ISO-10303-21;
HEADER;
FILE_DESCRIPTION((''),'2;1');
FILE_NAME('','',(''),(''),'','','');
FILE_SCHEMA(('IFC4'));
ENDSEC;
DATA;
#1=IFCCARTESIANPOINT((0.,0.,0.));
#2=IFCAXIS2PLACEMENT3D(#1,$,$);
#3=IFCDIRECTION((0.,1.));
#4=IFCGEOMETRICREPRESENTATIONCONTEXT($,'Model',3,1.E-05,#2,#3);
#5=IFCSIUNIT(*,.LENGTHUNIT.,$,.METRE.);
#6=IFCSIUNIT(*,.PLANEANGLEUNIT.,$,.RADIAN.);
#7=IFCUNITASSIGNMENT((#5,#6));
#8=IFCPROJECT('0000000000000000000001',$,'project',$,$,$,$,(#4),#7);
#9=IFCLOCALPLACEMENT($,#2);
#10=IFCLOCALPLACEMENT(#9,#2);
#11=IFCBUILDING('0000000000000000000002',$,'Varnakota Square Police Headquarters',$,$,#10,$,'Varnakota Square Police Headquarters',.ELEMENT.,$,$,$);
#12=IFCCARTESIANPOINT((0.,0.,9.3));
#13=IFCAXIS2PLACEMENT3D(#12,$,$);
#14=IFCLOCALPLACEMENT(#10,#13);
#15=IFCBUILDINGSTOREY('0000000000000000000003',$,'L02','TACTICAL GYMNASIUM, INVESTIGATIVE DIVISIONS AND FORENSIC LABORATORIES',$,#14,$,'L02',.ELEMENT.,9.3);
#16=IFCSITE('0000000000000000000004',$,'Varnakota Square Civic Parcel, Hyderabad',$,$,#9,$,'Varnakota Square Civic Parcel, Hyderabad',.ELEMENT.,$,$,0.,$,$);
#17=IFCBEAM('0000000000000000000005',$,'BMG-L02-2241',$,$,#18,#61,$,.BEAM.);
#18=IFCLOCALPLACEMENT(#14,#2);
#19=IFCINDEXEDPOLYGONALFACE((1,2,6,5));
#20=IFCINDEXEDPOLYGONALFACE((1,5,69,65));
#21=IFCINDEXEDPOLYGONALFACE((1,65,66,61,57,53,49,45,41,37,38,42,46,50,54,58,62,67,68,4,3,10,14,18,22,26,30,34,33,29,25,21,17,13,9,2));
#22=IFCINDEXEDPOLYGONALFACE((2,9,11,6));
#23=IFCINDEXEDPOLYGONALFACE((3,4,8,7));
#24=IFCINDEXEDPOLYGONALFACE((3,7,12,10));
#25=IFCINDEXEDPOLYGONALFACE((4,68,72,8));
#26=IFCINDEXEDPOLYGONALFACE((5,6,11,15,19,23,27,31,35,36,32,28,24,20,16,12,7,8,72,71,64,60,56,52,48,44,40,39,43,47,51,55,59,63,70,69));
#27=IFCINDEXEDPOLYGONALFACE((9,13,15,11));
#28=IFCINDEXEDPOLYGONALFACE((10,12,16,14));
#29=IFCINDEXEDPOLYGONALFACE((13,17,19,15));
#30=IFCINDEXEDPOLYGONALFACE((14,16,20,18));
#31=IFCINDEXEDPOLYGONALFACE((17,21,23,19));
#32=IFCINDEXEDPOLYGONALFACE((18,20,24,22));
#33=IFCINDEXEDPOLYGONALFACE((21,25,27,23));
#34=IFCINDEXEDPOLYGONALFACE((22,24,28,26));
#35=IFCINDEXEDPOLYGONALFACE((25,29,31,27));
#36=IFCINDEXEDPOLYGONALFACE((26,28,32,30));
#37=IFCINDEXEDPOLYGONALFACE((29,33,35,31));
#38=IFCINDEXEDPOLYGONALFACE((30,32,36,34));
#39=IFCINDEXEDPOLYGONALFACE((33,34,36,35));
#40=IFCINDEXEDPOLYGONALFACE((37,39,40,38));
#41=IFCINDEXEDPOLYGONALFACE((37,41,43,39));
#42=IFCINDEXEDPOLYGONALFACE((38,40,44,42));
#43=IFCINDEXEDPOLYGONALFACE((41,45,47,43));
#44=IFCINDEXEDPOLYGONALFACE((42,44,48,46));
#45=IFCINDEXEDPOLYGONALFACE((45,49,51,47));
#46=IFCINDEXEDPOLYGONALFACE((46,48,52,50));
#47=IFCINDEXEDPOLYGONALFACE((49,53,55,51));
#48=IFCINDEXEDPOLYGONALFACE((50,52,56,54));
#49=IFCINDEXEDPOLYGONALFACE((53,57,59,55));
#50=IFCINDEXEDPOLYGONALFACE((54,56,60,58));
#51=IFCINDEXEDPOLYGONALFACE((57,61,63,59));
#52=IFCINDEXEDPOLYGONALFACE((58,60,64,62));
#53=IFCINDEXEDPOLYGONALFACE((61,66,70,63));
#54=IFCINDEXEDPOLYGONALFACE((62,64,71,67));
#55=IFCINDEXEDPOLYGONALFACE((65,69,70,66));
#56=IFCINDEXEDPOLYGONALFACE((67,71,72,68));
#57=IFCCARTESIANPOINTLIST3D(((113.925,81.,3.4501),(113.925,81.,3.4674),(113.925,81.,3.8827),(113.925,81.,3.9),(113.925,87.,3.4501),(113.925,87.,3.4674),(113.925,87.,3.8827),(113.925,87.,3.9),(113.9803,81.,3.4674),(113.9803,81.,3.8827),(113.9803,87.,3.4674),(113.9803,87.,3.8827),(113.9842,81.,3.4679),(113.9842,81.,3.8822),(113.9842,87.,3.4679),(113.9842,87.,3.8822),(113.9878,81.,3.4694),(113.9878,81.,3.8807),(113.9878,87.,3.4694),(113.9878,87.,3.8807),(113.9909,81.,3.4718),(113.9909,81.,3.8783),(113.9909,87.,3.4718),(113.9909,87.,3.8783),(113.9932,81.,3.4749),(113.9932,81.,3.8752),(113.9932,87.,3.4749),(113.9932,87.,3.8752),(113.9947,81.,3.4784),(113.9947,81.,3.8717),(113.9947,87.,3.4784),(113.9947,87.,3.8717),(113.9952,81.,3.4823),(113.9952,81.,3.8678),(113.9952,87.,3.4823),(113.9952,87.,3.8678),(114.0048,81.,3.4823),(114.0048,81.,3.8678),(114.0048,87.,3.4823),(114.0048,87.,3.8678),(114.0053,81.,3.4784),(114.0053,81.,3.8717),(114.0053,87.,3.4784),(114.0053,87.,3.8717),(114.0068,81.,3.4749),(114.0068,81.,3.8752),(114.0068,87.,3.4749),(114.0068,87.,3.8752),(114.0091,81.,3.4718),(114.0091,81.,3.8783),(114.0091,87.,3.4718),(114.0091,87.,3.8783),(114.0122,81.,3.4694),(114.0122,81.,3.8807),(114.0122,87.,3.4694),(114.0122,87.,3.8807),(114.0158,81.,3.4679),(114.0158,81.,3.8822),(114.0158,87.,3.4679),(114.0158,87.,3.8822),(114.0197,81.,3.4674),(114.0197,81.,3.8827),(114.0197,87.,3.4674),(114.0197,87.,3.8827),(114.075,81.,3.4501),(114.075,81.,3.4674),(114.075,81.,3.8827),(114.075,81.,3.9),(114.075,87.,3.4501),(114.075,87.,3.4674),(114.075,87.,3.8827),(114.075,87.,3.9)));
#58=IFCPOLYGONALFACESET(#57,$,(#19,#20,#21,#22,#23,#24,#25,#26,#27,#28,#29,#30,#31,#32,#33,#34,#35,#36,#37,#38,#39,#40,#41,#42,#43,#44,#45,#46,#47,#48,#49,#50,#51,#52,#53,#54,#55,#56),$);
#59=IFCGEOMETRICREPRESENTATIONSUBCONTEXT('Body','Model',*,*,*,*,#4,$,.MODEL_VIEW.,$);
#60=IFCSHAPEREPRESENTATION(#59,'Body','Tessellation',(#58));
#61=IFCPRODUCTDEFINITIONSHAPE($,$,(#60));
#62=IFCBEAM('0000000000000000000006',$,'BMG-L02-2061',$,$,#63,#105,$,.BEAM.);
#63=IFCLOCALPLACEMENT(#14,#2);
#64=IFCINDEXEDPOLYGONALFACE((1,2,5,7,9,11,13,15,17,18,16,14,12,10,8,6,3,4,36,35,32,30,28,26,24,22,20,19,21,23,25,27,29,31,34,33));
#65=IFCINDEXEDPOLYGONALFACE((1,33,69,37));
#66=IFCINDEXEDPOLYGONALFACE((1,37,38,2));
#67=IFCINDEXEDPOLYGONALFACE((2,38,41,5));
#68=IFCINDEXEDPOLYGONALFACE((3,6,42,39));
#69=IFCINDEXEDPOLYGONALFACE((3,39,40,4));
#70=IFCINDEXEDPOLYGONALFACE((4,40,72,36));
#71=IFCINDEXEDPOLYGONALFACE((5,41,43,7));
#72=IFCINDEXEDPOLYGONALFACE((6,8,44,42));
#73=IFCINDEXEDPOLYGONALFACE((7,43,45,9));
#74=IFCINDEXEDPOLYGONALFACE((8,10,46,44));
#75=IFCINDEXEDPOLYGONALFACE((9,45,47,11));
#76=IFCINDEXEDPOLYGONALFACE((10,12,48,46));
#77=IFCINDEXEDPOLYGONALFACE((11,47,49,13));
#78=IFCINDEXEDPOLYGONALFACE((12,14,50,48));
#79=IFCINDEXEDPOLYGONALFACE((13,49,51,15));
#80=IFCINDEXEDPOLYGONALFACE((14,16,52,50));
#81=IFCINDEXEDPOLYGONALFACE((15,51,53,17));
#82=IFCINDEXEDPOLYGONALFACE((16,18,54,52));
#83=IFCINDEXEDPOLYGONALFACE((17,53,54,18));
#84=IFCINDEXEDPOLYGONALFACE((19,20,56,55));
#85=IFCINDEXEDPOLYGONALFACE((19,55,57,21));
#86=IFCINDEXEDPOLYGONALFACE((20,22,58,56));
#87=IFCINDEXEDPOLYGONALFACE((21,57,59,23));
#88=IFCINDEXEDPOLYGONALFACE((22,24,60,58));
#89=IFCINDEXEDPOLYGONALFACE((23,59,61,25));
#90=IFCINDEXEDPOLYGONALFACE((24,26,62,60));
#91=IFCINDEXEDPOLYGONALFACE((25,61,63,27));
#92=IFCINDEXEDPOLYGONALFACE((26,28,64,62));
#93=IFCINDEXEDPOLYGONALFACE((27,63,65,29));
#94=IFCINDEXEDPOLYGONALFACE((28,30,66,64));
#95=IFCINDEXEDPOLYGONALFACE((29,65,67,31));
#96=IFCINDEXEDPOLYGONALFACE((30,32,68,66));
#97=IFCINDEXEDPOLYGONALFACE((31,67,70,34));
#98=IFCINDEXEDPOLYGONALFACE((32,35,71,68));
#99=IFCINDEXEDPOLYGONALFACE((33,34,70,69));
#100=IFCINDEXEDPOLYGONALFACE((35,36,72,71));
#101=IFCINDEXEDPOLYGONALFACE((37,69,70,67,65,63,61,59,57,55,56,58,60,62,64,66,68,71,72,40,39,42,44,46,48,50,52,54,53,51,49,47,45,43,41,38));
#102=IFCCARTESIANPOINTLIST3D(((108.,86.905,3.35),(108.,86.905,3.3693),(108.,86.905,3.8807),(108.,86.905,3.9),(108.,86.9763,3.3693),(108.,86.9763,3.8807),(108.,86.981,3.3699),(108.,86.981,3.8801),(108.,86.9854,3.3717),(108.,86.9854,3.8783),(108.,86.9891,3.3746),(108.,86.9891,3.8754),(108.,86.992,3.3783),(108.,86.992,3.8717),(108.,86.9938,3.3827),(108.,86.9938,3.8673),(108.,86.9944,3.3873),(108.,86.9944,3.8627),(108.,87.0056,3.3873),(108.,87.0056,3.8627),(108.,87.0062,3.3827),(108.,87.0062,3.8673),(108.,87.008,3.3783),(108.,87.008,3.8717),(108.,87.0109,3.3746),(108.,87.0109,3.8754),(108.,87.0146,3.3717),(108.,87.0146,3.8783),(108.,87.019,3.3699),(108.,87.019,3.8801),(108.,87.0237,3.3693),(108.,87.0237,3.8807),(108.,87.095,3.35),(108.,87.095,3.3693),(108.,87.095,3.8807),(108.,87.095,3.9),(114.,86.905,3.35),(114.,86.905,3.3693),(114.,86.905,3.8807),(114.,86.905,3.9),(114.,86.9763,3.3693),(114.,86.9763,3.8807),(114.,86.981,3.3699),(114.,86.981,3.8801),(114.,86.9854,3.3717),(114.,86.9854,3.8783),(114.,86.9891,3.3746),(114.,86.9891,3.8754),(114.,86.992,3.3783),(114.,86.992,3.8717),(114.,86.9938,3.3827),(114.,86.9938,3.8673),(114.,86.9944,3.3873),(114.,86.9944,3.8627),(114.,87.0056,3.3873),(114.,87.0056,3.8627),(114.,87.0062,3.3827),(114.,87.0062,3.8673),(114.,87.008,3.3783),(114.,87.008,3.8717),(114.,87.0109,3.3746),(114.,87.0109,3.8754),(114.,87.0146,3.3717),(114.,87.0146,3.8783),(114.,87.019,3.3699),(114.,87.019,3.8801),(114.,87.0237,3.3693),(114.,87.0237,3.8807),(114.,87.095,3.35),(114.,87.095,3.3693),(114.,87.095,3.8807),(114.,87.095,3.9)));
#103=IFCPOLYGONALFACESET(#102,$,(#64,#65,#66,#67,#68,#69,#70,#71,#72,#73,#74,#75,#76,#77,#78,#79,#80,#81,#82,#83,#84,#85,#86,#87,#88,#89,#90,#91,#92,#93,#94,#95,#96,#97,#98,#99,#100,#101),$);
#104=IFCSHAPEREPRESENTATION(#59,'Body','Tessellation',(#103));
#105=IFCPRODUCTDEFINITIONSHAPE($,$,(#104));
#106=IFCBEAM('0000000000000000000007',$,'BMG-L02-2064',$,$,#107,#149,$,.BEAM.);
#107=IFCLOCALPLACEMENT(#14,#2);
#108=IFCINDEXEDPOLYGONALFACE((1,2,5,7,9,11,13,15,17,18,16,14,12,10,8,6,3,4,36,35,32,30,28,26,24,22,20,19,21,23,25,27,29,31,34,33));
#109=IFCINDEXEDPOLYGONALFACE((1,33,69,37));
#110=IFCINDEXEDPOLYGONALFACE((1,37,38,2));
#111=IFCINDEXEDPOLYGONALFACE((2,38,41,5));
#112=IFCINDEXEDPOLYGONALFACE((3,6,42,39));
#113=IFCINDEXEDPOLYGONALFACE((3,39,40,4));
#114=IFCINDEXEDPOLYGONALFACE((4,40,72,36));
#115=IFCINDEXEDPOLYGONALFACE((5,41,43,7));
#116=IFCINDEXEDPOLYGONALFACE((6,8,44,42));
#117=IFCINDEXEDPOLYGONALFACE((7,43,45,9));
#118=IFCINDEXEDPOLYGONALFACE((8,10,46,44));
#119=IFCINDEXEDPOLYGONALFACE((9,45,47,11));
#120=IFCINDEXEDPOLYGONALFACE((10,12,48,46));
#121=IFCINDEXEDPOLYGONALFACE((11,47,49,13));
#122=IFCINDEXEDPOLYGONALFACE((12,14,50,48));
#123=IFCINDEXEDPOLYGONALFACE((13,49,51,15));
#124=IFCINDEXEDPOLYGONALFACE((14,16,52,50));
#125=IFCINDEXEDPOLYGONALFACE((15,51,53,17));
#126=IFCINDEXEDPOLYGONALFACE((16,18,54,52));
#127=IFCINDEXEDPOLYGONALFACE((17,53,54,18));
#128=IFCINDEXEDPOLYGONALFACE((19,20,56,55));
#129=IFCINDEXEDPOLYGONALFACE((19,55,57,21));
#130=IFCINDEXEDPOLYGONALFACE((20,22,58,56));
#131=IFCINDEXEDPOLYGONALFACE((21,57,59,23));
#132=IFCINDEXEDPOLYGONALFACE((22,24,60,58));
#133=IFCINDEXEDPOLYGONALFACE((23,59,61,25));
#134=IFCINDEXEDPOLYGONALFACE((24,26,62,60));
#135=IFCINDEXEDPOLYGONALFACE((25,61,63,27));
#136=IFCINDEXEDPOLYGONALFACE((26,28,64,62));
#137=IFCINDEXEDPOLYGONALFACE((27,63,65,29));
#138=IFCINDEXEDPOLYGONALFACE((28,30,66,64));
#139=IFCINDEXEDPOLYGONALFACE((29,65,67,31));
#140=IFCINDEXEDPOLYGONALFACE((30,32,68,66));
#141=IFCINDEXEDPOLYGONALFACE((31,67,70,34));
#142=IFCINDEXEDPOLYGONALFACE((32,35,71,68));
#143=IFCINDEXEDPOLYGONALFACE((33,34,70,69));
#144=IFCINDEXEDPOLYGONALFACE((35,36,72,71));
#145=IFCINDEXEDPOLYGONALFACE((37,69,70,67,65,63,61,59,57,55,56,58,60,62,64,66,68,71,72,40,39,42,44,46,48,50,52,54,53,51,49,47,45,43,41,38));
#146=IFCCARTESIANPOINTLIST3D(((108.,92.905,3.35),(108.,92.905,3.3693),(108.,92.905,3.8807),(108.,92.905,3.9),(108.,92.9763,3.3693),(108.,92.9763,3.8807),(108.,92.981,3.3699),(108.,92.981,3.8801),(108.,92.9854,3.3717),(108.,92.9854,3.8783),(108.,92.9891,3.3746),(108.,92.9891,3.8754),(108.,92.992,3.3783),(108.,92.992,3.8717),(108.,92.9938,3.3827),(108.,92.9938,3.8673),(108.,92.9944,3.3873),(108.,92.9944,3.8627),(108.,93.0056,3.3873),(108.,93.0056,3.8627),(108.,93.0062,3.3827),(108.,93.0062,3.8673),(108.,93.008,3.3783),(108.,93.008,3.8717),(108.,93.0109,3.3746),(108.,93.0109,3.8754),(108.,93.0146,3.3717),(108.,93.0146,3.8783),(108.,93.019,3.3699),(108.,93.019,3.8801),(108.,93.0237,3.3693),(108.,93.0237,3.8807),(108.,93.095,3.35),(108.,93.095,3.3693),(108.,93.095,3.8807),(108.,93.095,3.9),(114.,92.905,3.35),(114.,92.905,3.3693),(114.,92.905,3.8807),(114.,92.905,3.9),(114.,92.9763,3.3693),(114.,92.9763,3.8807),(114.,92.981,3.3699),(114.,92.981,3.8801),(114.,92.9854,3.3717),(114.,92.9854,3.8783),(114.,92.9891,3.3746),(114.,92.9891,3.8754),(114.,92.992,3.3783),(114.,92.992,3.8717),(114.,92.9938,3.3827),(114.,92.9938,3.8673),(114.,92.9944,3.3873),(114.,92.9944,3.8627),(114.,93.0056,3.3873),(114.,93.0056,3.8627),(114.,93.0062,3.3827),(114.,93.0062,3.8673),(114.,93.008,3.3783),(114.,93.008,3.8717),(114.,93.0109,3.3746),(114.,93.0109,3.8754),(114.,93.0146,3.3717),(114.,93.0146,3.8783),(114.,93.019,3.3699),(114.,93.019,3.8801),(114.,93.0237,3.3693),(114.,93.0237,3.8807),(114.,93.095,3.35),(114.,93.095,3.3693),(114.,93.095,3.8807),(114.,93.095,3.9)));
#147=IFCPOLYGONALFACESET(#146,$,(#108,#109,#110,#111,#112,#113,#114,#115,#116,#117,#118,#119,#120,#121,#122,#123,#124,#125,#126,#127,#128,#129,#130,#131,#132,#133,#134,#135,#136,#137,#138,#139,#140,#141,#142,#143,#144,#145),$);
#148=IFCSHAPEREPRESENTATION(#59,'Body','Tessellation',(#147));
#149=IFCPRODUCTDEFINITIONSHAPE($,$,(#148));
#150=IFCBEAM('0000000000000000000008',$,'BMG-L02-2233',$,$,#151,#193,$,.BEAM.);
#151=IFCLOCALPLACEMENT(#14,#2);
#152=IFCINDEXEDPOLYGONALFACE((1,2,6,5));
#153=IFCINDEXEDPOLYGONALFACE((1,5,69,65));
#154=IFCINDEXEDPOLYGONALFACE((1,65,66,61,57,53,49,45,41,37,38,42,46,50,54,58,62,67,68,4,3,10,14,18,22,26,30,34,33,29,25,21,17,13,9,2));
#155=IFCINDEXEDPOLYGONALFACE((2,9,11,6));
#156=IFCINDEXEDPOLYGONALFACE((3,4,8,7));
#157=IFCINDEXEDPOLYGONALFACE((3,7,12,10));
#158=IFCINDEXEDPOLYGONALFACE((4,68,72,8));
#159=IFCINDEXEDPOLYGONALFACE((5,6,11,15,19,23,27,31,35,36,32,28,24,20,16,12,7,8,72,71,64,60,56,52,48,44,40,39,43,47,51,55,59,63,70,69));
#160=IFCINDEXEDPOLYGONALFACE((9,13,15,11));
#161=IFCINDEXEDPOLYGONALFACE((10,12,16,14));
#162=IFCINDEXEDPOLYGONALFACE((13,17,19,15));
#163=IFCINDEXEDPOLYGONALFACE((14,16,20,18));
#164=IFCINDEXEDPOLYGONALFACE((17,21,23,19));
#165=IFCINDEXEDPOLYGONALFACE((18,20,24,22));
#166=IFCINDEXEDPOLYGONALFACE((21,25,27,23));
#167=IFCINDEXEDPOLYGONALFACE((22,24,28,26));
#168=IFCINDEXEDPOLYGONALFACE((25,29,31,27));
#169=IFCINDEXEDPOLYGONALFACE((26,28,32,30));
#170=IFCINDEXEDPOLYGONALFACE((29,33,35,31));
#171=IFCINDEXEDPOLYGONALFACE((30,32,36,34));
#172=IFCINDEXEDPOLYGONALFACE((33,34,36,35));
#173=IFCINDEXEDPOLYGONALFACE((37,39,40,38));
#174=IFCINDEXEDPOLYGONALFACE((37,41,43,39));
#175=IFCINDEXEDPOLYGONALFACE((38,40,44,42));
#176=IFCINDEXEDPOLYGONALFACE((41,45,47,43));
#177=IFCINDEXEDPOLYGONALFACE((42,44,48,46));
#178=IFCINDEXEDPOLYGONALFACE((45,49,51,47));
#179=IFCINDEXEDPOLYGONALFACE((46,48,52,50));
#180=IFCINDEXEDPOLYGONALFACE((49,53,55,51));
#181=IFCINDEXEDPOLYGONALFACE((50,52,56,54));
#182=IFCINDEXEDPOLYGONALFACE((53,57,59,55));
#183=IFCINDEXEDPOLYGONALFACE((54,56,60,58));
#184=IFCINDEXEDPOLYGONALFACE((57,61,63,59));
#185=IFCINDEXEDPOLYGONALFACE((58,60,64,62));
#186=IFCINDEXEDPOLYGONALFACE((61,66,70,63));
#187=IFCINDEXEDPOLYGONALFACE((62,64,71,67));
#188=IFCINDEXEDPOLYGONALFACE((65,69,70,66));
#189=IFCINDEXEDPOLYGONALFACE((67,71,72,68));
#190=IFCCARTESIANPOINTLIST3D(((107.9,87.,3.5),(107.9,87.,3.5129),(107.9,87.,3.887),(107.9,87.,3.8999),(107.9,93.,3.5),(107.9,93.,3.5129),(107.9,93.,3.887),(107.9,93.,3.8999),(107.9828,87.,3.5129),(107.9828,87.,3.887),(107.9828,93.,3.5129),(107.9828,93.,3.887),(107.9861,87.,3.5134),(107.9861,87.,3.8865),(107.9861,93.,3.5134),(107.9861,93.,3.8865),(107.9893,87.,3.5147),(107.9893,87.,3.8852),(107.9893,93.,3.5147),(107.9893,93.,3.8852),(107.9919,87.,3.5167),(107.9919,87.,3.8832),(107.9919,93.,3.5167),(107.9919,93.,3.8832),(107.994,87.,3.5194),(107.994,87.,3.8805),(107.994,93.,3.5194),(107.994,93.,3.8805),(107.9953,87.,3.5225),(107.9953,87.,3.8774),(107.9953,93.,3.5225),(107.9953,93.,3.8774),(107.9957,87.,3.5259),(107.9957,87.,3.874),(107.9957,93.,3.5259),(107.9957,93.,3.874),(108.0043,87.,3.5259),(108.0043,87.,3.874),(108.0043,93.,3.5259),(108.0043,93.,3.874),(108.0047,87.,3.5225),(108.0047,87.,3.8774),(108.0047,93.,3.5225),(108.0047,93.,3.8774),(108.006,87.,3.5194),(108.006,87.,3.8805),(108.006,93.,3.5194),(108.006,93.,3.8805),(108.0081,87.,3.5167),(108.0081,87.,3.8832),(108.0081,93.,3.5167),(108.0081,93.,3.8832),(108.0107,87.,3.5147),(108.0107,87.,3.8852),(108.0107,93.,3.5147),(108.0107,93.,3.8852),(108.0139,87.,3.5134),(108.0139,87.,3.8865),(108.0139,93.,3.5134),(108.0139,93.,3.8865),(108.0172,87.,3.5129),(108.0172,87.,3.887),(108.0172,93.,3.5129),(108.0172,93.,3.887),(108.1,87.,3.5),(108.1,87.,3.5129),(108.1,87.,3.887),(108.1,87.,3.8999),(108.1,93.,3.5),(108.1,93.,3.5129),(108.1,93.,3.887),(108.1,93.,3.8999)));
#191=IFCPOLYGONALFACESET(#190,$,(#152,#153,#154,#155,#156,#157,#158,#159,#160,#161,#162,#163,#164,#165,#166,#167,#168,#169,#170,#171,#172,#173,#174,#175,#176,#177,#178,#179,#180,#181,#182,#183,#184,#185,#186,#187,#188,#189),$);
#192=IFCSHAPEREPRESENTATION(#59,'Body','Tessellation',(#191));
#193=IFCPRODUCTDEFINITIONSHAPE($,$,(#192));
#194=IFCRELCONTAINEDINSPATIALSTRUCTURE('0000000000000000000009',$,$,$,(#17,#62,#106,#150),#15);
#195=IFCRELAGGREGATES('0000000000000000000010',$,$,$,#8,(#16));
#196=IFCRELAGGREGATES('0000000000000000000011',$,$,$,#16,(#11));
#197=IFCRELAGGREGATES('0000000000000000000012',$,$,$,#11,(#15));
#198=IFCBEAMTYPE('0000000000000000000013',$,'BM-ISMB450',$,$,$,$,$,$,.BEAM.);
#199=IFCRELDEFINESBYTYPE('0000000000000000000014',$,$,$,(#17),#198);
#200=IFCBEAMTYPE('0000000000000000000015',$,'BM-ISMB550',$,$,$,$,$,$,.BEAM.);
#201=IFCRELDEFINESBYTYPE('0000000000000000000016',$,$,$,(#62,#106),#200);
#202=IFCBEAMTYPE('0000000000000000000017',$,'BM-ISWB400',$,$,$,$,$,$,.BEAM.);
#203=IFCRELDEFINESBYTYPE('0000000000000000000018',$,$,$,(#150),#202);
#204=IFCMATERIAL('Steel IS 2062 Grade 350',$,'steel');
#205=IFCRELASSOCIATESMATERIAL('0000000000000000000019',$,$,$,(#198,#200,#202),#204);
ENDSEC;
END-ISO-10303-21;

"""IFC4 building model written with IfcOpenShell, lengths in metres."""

from ifc_helpers import new_model, si_unit, direction, frame, origin, origin_2d, place, context, subcontext, project, spatial, i_section, extrude, material, material_profile, profile_set, type_object, element, save


model = new_model("IFC4")

# Units and contexts
model_context = context("Model", 3, precision=1e-05, world=origin(), true_north=direction((0.0, 1.0)))
body_context = subcontext(model_context, "Body", "Model", "MODEL_VIEW")
ifc_project = project(units=[si_unit("LENGTHUNIT", "METRE"), si_unit("PLANEANGLEUNIT", "RADIAN")], contexts=[model_context])

# Site, building, storey
site_placement = place(None, origin())
site = spatial("IfcSite", under=ifc_project, at=site_placement, Name="Varnakota Square Civic Parcel, Hyderabad", LongName="Varnakota Square Civic Parcel, Hyderabad", CompositionType="ELEMENT", RefElevation=0.0)
building_placement = place(site_placement, origin())
building = spatial("IfcBuilding", under=site, at=building_placement, Name="Varnakota Square Police Headquarters", LongName="Varnakota Square Police Headquarters", CompositionType="ELEMENT")
storey_placement = place(building_placement, frame((0.0, 0.0, 9.3)))
storey = spatial("IfcBuildingStorey", under=building, at=storey_placement, Name="L02", Description="TACTICAL GYMNASIUM, INVESTIGATIVE DIVISIONS AND FORENSIC LABORATORIES", LongName="L02", CompositionType="ELEMENT", Elevation=9.3)

# Shared definitions
ifc_material_1 = material(Name="Steel IS 2062 Grade 350", Category="steel")

# Beams
ifc_material_profile_1 = material_profile(ifc_material_1, i_section(OverallWidth=0.1499, OverallDepth=0.45, WebThickness=0.0095, FlangeThickness=0.0173, FilletRadius=0.0149, at=origin_2d()), Name="ISMB 450")
ifc_profile_set_1 = profile_set([ifc_material_profile_1], Name="Steel IS 2062 Grade 350")
beam_type_1 = type_object("IfcBeamType", Name="BM-ISMB450", PredefinedType="BEAM", material=ifc_profile_set_1)
beam_1_placement = place(storey_placement, frame((114.0, 81.0, 3.675), z_axis=(0.0, 1.0, 0.0), x_axis=(-1.0, 0.0, 0.0)))
element("IfcBeam", 1, at=beam_1_placement, inside=storey, type_object=beam_type_1, Name="BMG-L02-2241", PredefinedType="BEAM", context=body_context, shape_type="SweptSolid", body=[
    extrude(i_section(OverallWidth=0.1499, OverallDepth=0.45, WebThickness=0.0095, FlangeThickness=0.0173, FilletRadius=0.0149, at=origin_2d()), origin(), (0.0, 0.0, 1.0), 6.0),
])
ifc_material_profile_2 = material_profile(ifc_material_1, i_section(OverallWidth=0.1899, OverallDepth=0.55, WebThickness=0.0112, FlangeThickness=0.0193, FilletRadius=0.0181, at=origin_2d()), Name="ISMB 550")
ifc_profile_set_2 = profile_set([ifc_material_profile_2], Name="Steel IS 2062 Grade 350")
beam_type_2 = type_object("IfcBeamType", Name="BM-ISMB550", PredefinedType="BEAM", material=ifc_profile_set_2)
for number, where, z_axis, x_axis, name in (
    (2, (108.0, 87.0, 3.625), (1.0, 0.0, 0.0), (0.0, 1.0, 0.0), "BMG-L02-2061"),
    (3, (108.0, 93.0, 3.625), (1.0, 0.0, 0.0), (0.0, 1.0, 0.0), "BMG-L02-2064"),
):
    element("IfcBeam", number, at=place(storey_placement, frame(where, z_axis=z_axis, x_axis=x_axis)), inside=storey, type_object=beam_type_2, Name=name, PredefinedType="BEAM", context=body_context, shape_type="SweptSolid", body=[
        extrude(i_section(OverallWidth=0.1899, OverallDepth=0.55, WebThickness=0.0112, FlangeThickness=0.0193, FilletRadius=0.0181, at=origin_2d()), origin(), (0.0, 0.0, 1.0), 6.0),
    ])
ifc_material_profile_3 = material_profile(ifc_material_1, i_section(OverallWidth=0.2, OverallDepth=0.3999, WebThickness=0.0085, FlangeThickness=0.0129, FilletRadius=0.0129, at=origin_2d()), Name="ISWB 400")
ifc_profile_set_3 = profile_set([ifc_material_profile_3], Name="Steel IS 2062 Grade 350")
beam_type_3 = type_object("IfcBeamType", Name="BM-ISWB400", PredefinedType="BEAM", material=ifc_profile_set_3)
for number, where, z_axis, x_axis, name in (
    (4, (108.0, 87.0, 3.7), (0.0, 1.0, 0.0), (-1.0, 0.0, 0.0), "BMG-L02-2233"),
):
    element("IfcBeam", number, at=place(storey_placement, frame(where, z_axis=z_axis, x_axis=x_axis)), inside=storey, type_object=beam_type_3, Name=name, PredefinedType="BEAM", context=body_context, shape_type="SweptSolid", body=[
        extrude(i_section(OverallWidth=0.2, OverallDepth=0.3999, WebThickness=0.0085, FlangeThickness=0.0129, FilletRadius=0.0129, at=origin_2d()), origin(), (0.0, 0.0, 1.0), 6.0),
    ])

save(model, "model.ifc")
